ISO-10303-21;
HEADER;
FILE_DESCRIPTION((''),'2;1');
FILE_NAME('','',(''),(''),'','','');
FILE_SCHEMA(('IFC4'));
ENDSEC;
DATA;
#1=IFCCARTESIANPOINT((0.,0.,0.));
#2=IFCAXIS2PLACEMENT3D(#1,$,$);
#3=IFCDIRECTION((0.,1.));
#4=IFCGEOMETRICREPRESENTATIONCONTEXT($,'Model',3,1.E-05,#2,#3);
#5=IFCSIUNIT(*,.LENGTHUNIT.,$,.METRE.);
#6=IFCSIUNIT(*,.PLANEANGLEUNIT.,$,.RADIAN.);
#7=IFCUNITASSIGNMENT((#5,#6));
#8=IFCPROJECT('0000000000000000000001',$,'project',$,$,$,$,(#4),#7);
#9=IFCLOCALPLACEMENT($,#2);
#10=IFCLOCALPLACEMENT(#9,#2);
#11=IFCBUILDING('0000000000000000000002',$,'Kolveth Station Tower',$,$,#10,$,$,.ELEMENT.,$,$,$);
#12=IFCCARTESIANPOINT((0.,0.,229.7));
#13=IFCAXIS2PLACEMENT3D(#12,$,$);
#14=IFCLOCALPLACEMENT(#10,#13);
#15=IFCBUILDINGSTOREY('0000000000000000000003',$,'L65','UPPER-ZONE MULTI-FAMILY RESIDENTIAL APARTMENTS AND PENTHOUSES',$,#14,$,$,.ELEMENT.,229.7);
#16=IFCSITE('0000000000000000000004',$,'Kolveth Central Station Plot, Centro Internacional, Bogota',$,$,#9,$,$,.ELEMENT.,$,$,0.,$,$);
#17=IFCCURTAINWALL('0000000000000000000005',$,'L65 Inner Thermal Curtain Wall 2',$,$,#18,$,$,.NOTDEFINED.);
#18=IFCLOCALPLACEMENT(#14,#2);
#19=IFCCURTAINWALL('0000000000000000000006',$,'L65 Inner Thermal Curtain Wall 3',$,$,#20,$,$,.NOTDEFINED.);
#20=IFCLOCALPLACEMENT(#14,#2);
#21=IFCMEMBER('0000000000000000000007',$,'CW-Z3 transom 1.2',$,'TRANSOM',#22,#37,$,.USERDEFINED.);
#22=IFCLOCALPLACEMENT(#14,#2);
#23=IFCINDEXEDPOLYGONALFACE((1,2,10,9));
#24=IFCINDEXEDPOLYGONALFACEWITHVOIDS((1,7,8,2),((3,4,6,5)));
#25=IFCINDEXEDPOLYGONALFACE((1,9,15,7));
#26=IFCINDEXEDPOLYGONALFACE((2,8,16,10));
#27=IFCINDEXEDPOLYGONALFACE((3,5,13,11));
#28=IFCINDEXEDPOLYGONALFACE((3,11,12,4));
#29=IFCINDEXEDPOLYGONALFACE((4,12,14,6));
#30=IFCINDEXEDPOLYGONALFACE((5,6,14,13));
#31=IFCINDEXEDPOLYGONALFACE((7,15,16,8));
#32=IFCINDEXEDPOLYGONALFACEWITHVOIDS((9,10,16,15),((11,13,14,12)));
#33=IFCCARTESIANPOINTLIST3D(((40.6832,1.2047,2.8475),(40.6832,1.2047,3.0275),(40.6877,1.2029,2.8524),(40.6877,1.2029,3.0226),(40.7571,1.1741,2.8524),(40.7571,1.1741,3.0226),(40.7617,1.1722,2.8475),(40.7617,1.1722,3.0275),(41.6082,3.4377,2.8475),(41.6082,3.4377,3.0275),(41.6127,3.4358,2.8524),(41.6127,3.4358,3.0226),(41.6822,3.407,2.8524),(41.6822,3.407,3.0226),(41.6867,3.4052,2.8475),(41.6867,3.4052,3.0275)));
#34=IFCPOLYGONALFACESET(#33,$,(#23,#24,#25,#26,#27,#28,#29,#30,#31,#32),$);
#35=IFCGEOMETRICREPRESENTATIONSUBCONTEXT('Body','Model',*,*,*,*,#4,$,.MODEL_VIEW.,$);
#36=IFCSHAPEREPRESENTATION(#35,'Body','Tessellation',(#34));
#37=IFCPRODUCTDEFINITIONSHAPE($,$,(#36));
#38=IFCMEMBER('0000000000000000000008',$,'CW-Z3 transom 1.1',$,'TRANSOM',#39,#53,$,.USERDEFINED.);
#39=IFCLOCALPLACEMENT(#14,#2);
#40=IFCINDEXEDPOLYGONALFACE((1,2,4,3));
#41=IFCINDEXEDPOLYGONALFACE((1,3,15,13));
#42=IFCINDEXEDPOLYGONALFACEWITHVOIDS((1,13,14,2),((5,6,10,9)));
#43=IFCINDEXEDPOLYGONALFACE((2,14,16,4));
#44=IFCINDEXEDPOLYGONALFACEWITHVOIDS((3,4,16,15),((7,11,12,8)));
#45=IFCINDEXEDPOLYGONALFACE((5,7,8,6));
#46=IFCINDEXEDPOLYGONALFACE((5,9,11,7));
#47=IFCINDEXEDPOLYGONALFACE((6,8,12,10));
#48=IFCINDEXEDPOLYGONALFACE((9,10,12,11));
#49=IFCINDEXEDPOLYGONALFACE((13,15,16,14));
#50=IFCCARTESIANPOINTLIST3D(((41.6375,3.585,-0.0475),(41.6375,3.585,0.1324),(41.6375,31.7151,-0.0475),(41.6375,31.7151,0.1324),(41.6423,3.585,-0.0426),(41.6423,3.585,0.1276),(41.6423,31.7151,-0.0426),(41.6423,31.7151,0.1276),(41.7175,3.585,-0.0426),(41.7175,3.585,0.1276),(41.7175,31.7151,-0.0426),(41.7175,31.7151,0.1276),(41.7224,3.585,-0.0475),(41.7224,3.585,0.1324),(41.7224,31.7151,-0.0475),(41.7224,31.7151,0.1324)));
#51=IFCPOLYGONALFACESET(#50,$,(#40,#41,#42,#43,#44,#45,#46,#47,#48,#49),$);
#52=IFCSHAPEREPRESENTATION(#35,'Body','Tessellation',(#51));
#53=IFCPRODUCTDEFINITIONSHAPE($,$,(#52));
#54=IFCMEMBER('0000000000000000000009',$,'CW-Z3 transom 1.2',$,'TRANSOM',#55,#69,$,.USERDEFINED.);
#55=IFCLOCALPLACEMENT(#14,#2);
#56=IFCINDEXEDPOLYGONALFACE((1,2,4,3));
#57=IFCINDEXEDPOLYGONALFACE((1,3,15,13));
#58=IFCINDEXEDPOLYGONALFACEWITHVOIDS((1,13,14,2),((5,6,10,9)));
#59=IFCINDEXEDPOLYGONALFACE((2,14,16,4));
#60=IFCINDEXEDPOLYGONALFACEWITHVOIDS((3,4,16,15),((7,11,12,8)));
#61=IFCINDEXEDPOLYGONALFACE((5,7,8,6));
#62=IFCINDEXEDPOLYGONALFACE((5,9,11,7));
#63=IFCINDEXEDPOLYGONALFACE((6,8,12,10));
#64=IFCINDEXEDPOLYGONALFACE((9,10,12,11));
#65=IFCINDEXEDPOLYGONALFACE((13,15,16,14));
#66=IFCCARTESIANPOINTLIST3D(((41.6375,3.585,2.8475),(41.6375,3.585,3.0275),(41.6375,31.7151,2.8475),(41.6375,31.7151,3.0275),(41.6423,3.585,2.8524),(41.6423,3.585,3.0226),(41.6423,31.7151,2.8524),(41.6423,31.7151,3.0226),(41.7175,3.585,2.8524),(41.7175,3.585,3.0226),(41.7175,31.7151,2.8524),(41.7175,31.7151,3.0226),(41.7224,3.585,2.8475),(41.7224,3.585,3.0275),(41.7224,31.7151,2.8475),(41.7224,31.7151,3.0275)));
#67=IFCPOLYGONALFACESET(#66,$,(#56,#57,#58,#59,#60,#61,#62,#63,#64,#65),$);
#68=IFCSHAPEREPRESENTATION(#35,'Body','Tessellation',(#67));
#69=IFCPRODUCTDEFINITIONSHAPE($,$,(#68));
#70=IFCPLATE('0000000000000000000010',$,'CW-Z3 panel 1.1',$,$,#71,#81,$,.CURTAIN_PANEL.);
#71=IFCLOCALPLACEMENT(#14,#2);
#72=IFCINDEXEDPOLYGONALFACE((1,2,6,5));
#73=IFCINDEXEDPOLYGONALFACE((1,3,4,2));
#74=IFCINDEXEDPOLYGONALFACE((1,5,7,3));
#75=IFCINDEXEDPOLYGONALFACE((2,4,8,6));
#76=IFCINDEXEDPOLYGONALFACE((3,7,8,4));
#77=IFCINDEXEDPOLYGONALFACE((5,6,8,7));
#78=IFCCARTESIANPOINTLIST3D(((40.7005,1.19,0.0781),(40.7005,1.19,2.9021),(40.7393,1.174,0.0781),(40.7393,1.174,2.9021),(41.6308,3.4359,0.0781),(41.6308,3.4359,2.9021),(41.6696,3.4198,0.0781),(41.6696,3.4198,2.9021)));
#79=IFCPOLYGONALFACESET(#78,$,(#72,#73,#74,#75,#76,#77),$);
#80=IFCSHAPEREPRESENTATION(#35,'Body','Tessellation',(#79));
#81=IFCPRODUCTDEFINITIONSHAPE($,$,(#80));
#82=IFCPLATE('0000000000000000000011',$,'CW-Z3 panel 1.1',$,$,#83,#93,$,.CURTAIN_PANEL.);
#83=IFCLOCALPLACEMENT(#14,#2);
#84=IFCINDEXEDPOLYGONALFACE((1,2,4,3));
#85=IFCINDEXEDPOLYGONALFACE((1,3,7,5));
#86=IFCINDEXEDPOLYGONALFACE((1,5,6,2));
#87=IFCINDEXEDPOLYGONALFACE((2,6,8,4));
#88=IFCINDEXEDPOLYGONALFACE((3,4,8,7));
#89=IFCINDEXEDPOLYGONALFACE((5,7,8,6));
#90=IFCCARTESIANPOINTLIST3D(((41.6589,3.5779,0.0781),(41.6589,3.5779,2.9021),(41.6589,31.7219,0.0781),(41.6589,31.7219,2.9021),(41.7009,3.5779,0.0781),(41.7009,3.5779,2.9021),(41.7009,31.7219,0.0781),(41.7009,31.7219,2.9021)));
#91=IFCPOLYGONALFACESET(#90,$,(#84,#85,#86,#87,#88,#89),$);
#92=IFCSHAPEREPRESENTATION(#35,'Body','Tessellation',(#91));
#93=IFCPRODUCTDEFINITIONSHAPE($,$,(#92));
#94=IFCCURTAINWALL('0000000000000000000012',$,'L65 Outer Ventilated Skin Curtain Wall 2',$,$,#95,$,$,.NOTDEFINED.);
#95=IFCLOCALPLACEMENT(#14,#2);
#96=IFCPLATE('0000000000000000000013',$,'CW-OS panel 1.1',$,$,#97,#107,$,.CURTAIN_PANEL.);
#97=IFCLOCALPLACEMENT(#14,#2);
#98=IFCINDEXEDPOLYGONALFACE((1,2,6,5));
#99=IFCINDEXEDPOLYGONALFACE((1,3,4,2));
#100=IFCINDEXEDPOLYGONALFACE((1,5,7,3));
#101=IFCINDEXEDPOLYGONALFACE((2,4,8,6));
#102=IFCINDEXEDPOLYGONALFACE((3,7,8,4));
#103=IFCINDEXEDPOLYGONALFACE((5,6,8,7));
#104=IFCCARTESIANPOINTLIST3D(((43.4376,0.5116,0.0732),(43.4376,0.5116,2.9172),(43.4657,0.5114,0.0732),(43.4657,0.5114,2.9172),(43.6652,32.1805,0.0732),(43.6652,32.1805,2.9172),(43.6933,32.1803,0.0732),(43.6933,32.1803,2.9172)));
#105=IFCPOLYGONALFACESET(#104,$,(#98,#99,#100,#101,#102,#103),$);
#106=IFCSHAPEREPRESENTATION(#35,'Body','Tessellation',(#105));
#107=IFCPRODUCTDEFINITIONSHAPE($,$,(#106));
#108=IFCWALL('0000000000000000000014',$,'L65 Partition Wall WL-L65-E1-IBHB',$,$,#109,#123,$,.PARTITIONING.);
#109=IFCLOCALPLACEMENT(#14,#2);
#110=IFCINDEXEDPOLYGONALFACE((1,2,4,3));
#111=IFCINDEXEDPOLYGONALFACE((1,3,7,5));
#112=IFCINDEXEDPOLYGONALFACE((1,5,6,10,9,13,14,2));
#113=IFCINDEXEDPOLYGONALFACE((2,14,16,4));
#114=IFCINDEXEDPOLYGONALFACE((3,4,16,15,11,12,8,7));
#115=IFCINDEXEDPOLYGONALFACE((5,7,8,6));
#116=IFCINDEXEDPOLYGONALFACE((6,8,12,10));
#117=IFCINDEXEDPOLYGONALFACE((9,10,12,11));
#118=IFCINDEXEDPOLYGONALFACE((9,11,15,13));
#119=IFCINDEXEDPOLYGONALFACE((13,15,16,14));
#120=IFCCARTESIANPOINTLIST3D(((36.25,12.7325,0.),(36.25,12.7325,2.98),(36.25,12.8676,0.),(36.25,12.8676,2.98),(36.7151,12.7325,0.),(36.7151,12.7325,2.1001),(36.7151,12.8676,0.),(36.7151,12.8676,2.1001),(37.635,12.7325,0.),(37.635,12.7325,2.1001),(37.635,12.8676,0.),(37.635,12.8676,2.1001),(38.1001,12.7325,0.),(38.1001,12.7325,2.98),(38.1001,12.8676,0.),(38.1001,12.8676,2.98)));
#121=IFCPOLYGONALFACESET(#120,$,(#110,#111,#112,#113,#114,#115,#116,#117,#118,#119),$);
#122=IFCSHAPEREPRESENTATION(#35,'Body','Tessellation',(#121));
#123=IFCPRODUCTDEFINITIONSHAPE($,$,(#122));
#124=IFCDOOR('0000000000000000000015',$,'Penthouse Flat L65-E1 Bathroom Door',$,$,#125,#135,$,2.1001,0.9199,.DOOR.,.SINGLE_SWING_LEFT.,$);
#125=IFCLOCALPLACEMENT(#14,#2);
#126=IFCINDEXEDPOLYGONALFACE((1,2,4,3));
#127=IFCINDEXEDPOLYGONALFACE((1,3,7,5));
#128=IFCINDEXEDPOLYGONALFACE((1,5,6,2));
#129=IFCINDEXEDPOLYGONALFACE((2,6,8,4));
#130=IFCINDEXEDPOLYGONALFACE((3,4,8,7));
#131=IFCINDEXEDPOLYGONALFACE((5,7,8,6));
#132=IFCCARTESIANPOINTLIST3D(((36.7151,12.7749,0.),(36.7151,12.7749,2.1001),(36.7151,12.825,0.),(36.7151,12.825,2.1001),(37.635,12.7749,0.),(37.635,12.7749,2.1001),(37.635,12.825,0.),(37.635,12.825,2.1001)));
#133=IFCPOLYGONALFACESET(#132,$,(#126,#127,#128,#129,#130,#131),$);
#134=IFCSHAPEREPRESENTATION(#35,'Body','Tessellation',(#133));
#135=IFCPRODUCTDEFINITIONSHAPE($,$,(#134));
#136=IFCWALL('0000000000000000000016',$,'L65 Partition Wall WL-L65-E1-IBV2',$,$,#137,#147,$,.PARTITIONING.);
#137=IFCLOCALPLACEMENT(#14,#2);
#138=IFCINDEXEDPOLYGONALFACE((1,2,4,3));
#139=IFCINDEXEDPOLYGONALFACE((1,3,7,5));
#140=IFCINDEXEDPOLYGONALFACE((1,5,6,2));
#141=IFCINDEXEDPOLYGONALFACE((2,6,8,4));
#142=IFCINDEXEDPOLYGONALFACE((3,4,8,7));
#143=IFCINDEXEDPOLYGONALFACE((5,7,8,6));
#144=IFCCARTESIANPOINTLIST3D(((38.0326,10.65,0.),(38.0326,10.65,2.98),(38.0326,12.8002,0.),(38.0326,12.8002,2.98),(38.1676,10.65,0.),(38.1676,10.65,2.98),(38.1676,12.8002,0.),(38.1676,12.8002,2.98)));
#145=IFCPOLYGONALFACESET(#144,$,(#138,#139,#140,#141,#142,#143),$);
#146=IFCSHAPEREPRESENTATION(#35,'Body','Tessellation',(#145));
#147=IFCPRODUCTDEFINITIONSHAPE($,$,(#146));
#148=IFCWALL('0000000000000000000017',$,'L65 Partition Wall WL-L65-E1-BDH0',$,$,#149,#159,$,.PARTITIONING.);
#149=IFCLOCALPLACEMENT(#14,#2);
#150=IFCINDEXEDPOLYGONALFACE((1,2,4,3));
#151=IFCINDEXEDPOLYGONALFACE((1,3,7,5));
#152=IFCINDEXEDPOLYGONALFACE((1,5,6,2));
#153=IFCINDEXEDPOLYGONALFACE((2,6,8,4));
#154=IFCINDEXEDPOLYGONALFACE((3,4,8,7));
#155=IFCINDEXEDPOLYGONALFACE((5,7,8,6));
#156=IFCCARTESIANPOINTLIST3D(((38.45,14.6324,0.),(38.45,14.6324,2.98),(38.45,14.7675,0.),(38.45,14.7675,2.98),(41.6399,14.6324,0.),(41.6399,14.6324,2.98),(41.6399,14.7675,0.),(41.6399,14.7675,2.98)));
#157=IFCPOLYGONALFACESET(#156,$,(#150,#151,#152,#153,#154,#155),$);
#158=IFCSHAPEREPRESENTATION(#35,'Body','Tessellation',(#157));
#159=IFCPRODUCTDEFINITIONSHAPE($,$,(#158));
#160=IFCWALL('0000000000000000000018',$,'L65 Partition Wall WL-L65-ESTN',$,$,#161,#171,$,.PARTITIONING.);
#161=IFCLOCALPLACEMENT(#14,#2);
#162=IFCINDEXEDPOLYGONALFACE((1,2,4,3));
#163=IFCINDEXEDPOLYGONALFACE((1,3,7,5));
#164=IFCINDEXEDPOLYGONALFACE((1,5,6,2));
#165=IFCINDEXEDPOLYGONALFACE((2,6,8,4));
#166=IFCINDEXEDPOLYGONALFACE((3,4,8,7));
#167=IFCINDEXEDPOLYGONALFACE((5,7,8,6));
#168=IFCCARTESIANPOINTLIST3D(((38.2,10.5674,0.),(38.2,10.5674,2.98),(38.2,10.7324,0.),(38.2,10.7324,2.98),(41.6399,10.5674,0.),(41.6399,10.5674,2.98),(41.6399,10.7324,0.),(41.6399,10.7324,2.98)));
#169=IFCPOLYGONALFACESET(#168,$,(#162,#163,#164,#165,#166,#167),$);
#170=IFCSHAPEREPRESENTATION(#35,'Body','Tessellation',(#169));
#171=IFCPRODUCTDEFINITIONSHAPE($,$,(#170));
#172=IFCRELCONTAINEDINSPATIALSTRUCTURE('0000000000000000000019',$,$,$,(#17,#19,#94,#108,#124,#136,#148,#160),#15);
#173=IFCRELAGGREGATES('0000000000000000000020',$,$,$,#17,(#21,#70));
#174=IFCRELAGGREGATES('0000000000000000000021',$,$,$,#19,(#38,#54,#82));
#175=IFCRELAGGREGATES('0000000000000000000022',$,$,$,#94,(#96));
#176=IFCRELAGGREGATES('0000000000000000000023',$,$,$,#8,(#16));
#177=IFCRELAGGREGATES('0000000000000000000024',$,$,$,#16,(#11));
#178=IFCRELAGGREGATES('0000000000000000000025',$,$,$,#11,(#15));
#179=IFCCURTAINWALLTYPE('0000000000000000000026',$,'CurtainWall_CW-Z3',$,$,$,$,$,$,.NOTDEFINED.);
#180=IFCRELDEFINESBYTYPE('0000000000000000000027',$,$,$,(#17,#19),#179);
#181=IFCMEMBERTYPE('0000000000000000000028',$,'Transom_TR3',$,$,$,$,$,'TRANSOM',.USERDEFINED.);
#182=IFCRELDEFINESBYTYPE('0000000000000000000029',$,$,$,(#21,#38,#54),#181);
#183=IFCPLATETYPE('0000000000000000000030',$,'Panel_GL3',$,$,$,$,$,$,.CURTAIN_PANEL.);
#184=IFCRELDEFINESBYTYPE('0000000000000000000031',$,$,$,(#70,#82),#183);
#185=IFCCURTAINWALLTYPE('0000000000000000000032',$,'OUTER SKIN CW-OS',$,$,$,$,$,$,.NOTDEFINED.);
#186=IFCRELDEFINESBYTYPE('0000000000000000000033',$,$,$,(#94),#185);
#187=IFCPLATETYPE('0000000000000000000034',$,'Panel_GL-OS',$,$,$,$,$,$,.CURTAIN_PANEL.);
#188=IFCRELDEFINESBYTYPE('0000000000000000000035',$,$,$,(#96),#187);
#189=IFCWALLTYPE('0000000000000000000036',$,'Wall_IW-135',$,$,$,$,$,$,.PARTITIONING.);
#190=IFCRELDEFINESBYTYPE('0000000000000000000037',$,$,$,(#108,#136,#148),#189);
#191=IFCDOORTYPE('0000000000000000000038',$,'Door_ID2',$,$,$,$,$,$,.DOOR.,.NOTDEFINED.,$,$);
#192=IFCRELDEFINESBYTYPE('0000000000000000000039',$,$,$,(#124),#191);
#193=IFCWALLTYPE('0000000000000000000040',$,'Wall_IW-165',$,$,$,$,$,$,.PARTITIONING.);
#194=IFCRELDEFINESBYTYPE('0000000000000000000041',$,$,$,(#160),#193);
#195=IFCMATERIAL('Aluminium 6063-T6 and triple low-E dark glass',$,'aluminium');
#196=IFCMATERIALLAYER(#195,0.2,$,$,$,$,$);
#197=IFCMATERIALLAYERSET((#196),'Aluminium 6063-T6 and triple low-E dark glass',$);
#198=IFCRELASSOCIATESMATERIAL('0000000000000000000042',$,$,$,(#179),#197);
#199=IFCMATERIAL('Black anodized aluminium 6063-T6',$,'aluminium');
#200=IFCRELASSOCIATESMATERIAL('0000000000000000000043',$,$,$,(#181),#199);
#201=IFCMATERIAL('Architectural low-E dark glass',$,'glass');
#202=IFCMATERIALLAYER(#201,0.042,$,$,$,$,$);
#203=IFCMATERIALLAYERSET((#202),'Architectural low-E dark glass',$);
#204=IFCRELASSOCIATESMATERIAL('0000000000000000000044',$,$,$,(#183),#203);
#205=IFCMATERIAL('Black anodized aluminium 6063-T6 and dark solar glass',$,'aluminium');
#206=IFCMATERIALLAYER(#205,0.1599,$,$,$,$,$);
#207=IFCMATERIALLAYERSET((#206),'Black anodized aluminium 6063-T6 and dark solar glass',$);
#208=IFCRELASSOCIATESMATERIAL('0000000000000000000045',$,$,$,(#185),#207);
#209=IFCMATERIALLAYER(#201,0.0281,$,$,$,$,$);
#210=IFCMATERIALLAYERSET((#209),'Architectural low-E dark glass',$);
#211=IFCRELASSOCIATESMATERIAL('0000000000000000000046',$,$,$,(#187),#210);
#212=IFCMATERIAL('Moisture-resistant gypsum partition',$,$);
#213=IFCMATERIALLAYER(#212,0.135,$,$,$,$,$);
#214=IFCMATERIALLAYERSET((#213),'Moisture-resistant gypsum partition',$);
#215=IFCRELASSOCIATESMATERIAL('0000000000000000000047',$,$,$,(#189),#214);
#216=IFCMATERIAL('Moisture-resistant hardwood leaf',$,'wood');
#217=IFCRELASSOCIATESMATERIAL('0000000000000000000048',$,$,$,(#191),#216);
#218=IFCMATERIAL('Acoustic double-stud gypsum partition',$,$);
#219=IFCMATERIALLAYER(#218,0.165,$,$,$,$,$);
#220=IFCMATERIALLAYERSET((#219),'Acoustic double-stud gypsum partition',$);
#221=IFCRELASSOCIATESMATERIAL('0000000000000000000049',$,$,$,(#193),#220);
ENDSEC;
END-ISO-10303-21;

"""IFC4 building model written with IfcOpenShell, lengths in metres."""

from ifc_helpers import new_model, si_unit, direction, frame, frame_2d, origin, origin_2d, place, context, subcontext, project, spatial, rectangle, hollow_rectangle, extrude, source, transform, mapped, material, layer, layer_set, material_profile, profile_set, type_object, element, fill, aggregate, save


model = new_model("IFC4")

# Units and contexts
model_context = context("Model", 3, precision=1e-05, world=origin(), true_north=direction((0.0, 1.0)))
body_context = subcontext(model_context, "Body", "Model", "MODEL_VIEW")
ifc_project = project(units=[si_unit("LENGTHUNIT", "METRE"), si_unit("PLANEANGLEUNIT", "RADIAN")], contexts=[model_context])

# Site, building, storey
site_placement = place(None, origin())
site = spatial("IfcSite", under=ifc_project, at=site_placement, Name="Kolveth Central Station Plot, Centro Internacional, Bogota", CompositionType="ELEMENT", RefElevation=0.0)
building_placement = place(site_placement, origin())
building = spatial("IfcBuilding", under=site, at=building_placement, Name="Kolveth Station Tower", CompositionType="ELEMENT")
storey_placement = place(building_placement, frame((0.0, 0.0, 229.7)))
storey = spatial("IfcBuildingStorey", under=building, at=storey_placement, Name="L65", Description="UPPER-ZONE MULTI-FAMILY RESIDENTIAL APARTMENTS AND PENTHOUSES", CompositionType="ELEMENT", Elevation=229.7)

# Curtain walls
ifc_material_1 = material(Name="Aluminium 6063-T6 and triple low-E dark glass", Category="aluminium")
ifc_layer_1 = layer(ifc_material_1, 0.2)
ifc_layer_set_1 = layer_set([ifc_layer_1], Name="Aluminium 6063-T6 and triple low-E dark glass")
curtain_wall_type_1 = type_object("IfcCurtainWallType", Name="CurtainWall_CW-Z3", PredefinedType="NOTDEFINED", material=ifc_layer_set_1)
curtain_wall_1_placement = place(storey_placement, origin())
curtain_wall_1 = element("IfcCurtainWall", 1, at=curtain_wall_1_placement, inside=storey, type_object=curtain_wall_type_1, Name="L65 Inner Thermal Curtain Wall 2", PredefinedType="NOTDEFINED")
ifc_material_2 = material(Name="Black anodized aluminium 6063-T6", Category="aluminium")
curtain_wall_2_placement = place(storey_placement, origin())
curtain_wall_2 = element("IfcCurtainWall", 2, at=curtain_wall_2_placement, inside=storey, type_object=curtain_wall_type_1, Name="L65 Inner Thermal Curtain Wall 3", PredefinedType="NOTDEFINED")

# Members
ifc_material_profile_1 = material_profile(ifc_material_2, hollow_rectangle(XDim=0.085, YDim=0.1799, WallThickness=0.0049, at=origin_2d()), Name="ALU-85x180x5")
ifc_profile_set_1 = profile_set([ifc_material_profile_1], Name="Black anodized aluminium 6063-T6")
member_type_1 = type_object("IfcMemberType", Name="Transom_TR3", ElementType="TRANSOM", PredefinedType="USERDEFINED", material=ifc_profile_set_1)
shared_shape_1 = source(origin(), body_context, "Body", "SweptSolid", [
    extrude(hollow_rectangle(XDim=0.085, YDim=0.1799, WallThickness=0.0049, at=origin_2d()), origin(), (0.0, 0.0, 1.0), 2.417),
])
member_1_placement = place(storey_placement, frame((40.7224, 1.1885, 2.9375), z_axis=(0.382735, 0.923858, 0.0), x_axis=(-0.923858, 0.382735, 0.0)))
member_1 = element("IfcMember", 3, at=member_1_placement, type_object=member_type_1, Name="CW-Z3 transom 1.2", ObjectType="TRANSOM", PredefinedType="USERDEFINED", context=body_context, shape_type="MappedRepresentation", body=[
    mapped(shared_shape_1, transform((0.0, 0.0, 0.0), x_axis=(1.0, 0.0, 0.0), y_axis=(0.0, 1.0, 0.0), z_axis=(0.0, 0.0, 1.0), scale=1.0)),
])
shared_shape_2 = source(origin(), body_context, "Body", "SweptSolid", [
    extrude(hollow_rectangle(XDim=0.085, YDim=0.1799, WallThickness=0.0049, at=origin_2d()), origin(), (0.0, 0.0, 1.0), 28.1301),
])
member_2_placement = place(storey_placement, frame((41.6799, 3.585, 0.0425), z_axis=(0.0, 1.0, 0.0), x_axis=(-1.0, 0.0, 0.0)))
member_2 = element("IfcMember", 4, at=member_2_placement, type_object=member_type_1, Name="CW-Z3 transom 1.1", ObjectType="TRANSOM", PredefinedType="USERDEFINED", context=body_context, shape_type="MappedRepresentation", body=[
    mapped(shared_shape_2, transform((0.0, 0.0, 0.0), x_axis=(1.0, 0.0, 0.0), y_axis=(0.0, 1.0, 0.0), z_axis=(0.0, 0.0, 1.0), scale=1.0)),
])
member_3_placement = place(storey_placement, frame((41.6799, 3.585, 2.9375), z_axis=(0.0, 1.0, 0.0), x_axis=(-1.0, 0.0, 0.0)))
member_3 = element("IfcMember", 5, at=member_3_placement, type_object=member_type_1, Name="CW-Z3 transom 1.2", ObjectType="TRANSOM", PredefinedType="USERDEFINED", context=body_context, shape_type="MappedRepresentation", body=[
    mapped(shared_shape_2, transform((0.0, 0.0, 0.0), x_axis=(1.0, 0.0, 0.0), y_axis=(0.0, 1.0, 0.0), z_axis=(0.0, 0.0, 1.0), scale=1.0)),
])

# Plates
ifc_material_3 = material(Name="Architectural low-E dark glass", Category="glass")
ifc_layer_2 = layer(ifc_material_3, 0.042)
ifc_layer_set_2 = layer_set([ifc_layer_2], Name="Architectural low-E dark glass")
plate_type_1 = type_object("IfcPlateType", Name="Panel_GL3", PredefinedType="CURTAIN_PANEL", material=ifc_layer_set_2)
shared_shape_3 = source(origin(), body_context, "Body", "SweptSolid", [
    extrude(rectangle(XDim=2.4309, YDim=0.042, at=origin_2d()), origin(), (0.0, 0.0, 1.0), 2.824),
])
plate_1_placement = place(storey_placement, frame((41.1851, 2.3049, 0.0781), z_axis=(0.0, 0.0, 1.0), x_axis=(0.382693, 0.923875, 0.0)))
plate_1 = element("IfcPlate", 6, at=plate_1_placement, type_object=plate_type_1, Name="CW-Z3 panel 1.1", PredefinedType="CURTAIN_PANEL", context=body_context, shape_type="MappedRepresentation", body=[
    mapped(shared_shape_3, transform((0.0, 0.0, 0.0), x_axis=(1.0, 0.0, 0.0), y_axis=(0.0, 1.0, 0.0), z_axis=(0.0, 0.0, 1.0), scale=1.0)),
])
aggregate(curtain_wall_1, [member_1, plate_1])
shared_shape_4 = source(origin(), body_context, "Body", "SweptSolid", [
    extrude(rectangle(XDim=28.144, YDim=0.042, at=origin_2d()), origin(), (0.0, 0.0, 1.0), 2.824),
])
plate_2_placement = place(storey_placement, frame((41.6799, 17.6499, 0.0781), z_axis=(0.0, 0.0, 1.0), x_axis=(0.0, 1.0, 0.0)))
plate_2 = element("IfcPlate", 7, at=plate_2_placement, type_object=plate_type_1, Name="CW-Z3 panel 1.1", PredefinedType="CURTAIN_PANEL", context=body_context, shape_type="MappedRepresentation", body=[
    mapped(shared_shape_4, transform((0.0, 0.0, 0.0), x_axis=(1.0, 0.0, 0.0), y_axis=(0.0, 1.0, 0.0), z_axis=(0.0, 0.0, 1.0), scale=1.0)),
])
aggregate(curtain_wall_2, [member_2, member_3, plate_2])

# Curtain wall, plate
ifc_material_4 = material(Name="Black anodized aluminium 6063-T6 and dark solar glass", Category="aluminium")
ifc_layer_3 = layer(ifc_material_4, 0.1599)
ifc_layer_set_3 = layer_set([ifc_layer_3], Name="Black anodized aluminium 6063-T6 and dark solar glass")
curtain_wall_type_2 = type_object("IfcCurtainWallType", Name="OUTER SKIN CW-OS", PredefinedType="NOTDEFINED", material=ifc_layer_set_3)
curtain_wall_3_placement = place(storey_placement, origin())
curtain_wall_3 = element("IfcCurtainWall", 8, at=curtain_wall_3_placement, inside=storey, type_object=curtain_wall_type_2, Name="L65 Outer Ventilated Skin Curtain Wall 2", PredefinedType="NOTDEFINED")
ifc_layer_4 = layer(ifc_material_3, 0.0281)
ifc_layer_set_4 = layer_set([ifc_layer_4], Name="Architectural low-E dark glass")
plate_type_2 = type_object("IfcPlateType", Name="Panel_GL-OS", PredefinedType="CURTAIN_PANEL", material=ifc_layer_set_4)
shared_shape_5 = source(origin(), body_context, "Body", "SweptSolid", [
    extrude(rectangle(XDim=31.6697, YDim=0.0281, at=origin_2d()), origin(), (0.0, 0.0, 1.0), 2.844),
])
plate_3_placement = place(storey_placement, frame((43.5654, 16.3459, 0.0732), z_axis=(0.0, 0.0, 1.0), x_axis=(0.007187, 0.999974, 0.0)))
plate_3 = element("IfcPlate", 9, at=plate_3_placement, type_object=plate_type_2, Name="CW-OS panel 1.1", PredefinedType="CURTAIN_PANEL", context=body_context, shape_type="MappedRepresentation", body=[
    mapped(shared_shape_5, transform((0.0, 0.0, 0.0), x_axis=(1.0, 0.0, 0.0), y_axis=(0.0, 1.0, 0.0), z_axis=(0.0, 0.0, 1.0), scale=1.0)),
])
aggregate(curtain_wall_3, [plate_3])

# Wall, opening, door
ifc_material_5 = material(Name="Moisture-resistant gypsum partition")
ifc_layer_5 = layer(ifc_material_5, 0.135)
ifc_layer_set_5 = layer_set([ifc_layer_5], Name="Moisture-resistant gypsum partition")
wall_type_1 = type_object("IfcWallType", Name="Wall_IW-135", PredefinedType="PARTITIONING", material=ifc_layer_set_5)
wall_1_placement = place(storey_placement, frame((36.25, 12.8, 0.0), z_axis=(0.0, 0.0, 1.0), x_axis=(1.0, 0.0, 0.0)))
wall_1 = element("IfcWall", 10, at=wall_1_placement, inside=storey, type_object=wall_type_1, Name="L65 Partition Wall WL-L65-E1-IBHB", PredefinedType="PARTITIONING", context=body_context, shape_type="SweptSolid", body=[
    extrude(rectangle(XDim=1.8501, YDim=0.135, at=frame_2d((0.925, 0.0))), origin(), (0.0, 0.0, 1.0), 2.98),
])
opening_1_placement = place(wall_1_placement, frame((0.4651, 0.0, 0.0)))
opening_1 = element("IfcOpeningElement", 11, at=opening_1_placement, cuts=wall_1, PredefinedType="OPENING", context=body_context, shape_type="SweptSolid", body=[
    extrude(rectangle(XDim=0.9199, YDim=2.1001, at=frame_2d((0.46, 1.05))), frame((0.0, 0.0774, 0.0), z_axis=(0.0, -1.0, 0.0), x_axis=(1.0, 0.0, 0.0)), (0.0, 0.0, 1.0), 0.155),
])
ifc_material_6 = material(Name="Moisture-resistant hardwood leaf", Category="wood")
door_type_1 = type_object("IfcDoorType", Name="Door_ID2", OperationType="NOTDEFINED", PredefinedType="DOOR", material=ifc_material_6)
door_1_placement = place(opening_1_placement, origin())
door_1 = element("IfcDoor", 12, at=door_1_placement, inside=storey, type_object=door_type_1, Name="Penthouse Flat L65-E1 Bathroom Door", OperationType="SINGLE_SWING_LEFT", OverallHeight=2.1001, OverallWidth=0.9199, PredefinedType="DOOR", context=body_context, shape_type="SweptSolid", body=[
    extrude(rectangle(XDim=0.9199, YDim=2.1001, at=frame_2d((0.46, 1.05))), frame((0.0, 0.0249, 0.0), z_axis=(0.0, -1.0, 0.0), x_axis=(1.0, 0.0, 0.0)), (0.0, 0.0, 1.0), 0.05),
])
fill(opening_1, door_1)

# Walls
wall_2_placement = place(storey_placement, frame((38.1001, 10.6499, 0.0), z_axis=(0.0, 0.0, 1.0), x_axis=(0.0, 1.0, 0.0)))
element("IfcWall", 13, at=wall_2_placement, inside=storey, type_object=wall_type_1, Name="L65 Partition Wall WL-L65-E1-IBV2", PredefinedType="PARTITIONING", context=body_context, shape_type="SweptSolid", body=[
    extrude(rectangle(XDim=2.1501, YDim=0.135, at=frame_2d((1.0752, 0.0))), origin(), (0.0, 0.0, 1.0), 2.98),
])
wall_3_placement = place(storey_placement, frame((38.45, 14.7, 0.0), z_axis=(0.0, 0.0, 1.0), x_axis=(1.0, 0.0, 0.0)))
element("IfcWall", 14, at=wall_3_placement, inside=storey, type_object=wall_type_1, Name="L65 Partition Wall WL-L65-E1-BDH0", PredefinedType="PARTITIONING", context=body_context, shape_type="SweptSolid", body=[
    extrude(rectangle(XDim=3.1899, YDim=0.135, at=frame_2d((1.595, 0.0))), origin(), (0.0, 0.0, 1.0), 2.98),
])

# Shared definitions
ifc_material_7 = material(Name="Acoustic double-stud gypsum partition")
ifc_layer_6 = layer(ifc_material_7, 0.165)
ifc_layer_set_6 = layer_set([ifc_layer_6], Name="Acoustic double-stud gypsum partition")
wall_type_2 = type_object("IfcWallType", Name="Wall_IW-165", PredefinedType="PARTITIONING", material=ifc_layer_set_6)

# Wall
wall_4_placement = place(storey_placement, frame((38.2, 10.6499, 0.0), z_axis=(0.0, 0.0, 1.0), x_axis=(1.0, 0.0, 0.0)))
element("IfcWall", 15, at=wall_4_placement, inside=storey, type_object=wall_type_2, Name="L65 Partition Wall WL-L65-ESTN", PredefinedType="PARTITIONING", context=body_context, shape_type="SweptSolid", body=[
    extrude(rectangle(XDim=3.4399, YDim=0.165, at=frame_2d((1.72, 0.0))), origin(), (0.0, 0.0, 1.0), 2.98),
])

save(model, "model.ifc")
